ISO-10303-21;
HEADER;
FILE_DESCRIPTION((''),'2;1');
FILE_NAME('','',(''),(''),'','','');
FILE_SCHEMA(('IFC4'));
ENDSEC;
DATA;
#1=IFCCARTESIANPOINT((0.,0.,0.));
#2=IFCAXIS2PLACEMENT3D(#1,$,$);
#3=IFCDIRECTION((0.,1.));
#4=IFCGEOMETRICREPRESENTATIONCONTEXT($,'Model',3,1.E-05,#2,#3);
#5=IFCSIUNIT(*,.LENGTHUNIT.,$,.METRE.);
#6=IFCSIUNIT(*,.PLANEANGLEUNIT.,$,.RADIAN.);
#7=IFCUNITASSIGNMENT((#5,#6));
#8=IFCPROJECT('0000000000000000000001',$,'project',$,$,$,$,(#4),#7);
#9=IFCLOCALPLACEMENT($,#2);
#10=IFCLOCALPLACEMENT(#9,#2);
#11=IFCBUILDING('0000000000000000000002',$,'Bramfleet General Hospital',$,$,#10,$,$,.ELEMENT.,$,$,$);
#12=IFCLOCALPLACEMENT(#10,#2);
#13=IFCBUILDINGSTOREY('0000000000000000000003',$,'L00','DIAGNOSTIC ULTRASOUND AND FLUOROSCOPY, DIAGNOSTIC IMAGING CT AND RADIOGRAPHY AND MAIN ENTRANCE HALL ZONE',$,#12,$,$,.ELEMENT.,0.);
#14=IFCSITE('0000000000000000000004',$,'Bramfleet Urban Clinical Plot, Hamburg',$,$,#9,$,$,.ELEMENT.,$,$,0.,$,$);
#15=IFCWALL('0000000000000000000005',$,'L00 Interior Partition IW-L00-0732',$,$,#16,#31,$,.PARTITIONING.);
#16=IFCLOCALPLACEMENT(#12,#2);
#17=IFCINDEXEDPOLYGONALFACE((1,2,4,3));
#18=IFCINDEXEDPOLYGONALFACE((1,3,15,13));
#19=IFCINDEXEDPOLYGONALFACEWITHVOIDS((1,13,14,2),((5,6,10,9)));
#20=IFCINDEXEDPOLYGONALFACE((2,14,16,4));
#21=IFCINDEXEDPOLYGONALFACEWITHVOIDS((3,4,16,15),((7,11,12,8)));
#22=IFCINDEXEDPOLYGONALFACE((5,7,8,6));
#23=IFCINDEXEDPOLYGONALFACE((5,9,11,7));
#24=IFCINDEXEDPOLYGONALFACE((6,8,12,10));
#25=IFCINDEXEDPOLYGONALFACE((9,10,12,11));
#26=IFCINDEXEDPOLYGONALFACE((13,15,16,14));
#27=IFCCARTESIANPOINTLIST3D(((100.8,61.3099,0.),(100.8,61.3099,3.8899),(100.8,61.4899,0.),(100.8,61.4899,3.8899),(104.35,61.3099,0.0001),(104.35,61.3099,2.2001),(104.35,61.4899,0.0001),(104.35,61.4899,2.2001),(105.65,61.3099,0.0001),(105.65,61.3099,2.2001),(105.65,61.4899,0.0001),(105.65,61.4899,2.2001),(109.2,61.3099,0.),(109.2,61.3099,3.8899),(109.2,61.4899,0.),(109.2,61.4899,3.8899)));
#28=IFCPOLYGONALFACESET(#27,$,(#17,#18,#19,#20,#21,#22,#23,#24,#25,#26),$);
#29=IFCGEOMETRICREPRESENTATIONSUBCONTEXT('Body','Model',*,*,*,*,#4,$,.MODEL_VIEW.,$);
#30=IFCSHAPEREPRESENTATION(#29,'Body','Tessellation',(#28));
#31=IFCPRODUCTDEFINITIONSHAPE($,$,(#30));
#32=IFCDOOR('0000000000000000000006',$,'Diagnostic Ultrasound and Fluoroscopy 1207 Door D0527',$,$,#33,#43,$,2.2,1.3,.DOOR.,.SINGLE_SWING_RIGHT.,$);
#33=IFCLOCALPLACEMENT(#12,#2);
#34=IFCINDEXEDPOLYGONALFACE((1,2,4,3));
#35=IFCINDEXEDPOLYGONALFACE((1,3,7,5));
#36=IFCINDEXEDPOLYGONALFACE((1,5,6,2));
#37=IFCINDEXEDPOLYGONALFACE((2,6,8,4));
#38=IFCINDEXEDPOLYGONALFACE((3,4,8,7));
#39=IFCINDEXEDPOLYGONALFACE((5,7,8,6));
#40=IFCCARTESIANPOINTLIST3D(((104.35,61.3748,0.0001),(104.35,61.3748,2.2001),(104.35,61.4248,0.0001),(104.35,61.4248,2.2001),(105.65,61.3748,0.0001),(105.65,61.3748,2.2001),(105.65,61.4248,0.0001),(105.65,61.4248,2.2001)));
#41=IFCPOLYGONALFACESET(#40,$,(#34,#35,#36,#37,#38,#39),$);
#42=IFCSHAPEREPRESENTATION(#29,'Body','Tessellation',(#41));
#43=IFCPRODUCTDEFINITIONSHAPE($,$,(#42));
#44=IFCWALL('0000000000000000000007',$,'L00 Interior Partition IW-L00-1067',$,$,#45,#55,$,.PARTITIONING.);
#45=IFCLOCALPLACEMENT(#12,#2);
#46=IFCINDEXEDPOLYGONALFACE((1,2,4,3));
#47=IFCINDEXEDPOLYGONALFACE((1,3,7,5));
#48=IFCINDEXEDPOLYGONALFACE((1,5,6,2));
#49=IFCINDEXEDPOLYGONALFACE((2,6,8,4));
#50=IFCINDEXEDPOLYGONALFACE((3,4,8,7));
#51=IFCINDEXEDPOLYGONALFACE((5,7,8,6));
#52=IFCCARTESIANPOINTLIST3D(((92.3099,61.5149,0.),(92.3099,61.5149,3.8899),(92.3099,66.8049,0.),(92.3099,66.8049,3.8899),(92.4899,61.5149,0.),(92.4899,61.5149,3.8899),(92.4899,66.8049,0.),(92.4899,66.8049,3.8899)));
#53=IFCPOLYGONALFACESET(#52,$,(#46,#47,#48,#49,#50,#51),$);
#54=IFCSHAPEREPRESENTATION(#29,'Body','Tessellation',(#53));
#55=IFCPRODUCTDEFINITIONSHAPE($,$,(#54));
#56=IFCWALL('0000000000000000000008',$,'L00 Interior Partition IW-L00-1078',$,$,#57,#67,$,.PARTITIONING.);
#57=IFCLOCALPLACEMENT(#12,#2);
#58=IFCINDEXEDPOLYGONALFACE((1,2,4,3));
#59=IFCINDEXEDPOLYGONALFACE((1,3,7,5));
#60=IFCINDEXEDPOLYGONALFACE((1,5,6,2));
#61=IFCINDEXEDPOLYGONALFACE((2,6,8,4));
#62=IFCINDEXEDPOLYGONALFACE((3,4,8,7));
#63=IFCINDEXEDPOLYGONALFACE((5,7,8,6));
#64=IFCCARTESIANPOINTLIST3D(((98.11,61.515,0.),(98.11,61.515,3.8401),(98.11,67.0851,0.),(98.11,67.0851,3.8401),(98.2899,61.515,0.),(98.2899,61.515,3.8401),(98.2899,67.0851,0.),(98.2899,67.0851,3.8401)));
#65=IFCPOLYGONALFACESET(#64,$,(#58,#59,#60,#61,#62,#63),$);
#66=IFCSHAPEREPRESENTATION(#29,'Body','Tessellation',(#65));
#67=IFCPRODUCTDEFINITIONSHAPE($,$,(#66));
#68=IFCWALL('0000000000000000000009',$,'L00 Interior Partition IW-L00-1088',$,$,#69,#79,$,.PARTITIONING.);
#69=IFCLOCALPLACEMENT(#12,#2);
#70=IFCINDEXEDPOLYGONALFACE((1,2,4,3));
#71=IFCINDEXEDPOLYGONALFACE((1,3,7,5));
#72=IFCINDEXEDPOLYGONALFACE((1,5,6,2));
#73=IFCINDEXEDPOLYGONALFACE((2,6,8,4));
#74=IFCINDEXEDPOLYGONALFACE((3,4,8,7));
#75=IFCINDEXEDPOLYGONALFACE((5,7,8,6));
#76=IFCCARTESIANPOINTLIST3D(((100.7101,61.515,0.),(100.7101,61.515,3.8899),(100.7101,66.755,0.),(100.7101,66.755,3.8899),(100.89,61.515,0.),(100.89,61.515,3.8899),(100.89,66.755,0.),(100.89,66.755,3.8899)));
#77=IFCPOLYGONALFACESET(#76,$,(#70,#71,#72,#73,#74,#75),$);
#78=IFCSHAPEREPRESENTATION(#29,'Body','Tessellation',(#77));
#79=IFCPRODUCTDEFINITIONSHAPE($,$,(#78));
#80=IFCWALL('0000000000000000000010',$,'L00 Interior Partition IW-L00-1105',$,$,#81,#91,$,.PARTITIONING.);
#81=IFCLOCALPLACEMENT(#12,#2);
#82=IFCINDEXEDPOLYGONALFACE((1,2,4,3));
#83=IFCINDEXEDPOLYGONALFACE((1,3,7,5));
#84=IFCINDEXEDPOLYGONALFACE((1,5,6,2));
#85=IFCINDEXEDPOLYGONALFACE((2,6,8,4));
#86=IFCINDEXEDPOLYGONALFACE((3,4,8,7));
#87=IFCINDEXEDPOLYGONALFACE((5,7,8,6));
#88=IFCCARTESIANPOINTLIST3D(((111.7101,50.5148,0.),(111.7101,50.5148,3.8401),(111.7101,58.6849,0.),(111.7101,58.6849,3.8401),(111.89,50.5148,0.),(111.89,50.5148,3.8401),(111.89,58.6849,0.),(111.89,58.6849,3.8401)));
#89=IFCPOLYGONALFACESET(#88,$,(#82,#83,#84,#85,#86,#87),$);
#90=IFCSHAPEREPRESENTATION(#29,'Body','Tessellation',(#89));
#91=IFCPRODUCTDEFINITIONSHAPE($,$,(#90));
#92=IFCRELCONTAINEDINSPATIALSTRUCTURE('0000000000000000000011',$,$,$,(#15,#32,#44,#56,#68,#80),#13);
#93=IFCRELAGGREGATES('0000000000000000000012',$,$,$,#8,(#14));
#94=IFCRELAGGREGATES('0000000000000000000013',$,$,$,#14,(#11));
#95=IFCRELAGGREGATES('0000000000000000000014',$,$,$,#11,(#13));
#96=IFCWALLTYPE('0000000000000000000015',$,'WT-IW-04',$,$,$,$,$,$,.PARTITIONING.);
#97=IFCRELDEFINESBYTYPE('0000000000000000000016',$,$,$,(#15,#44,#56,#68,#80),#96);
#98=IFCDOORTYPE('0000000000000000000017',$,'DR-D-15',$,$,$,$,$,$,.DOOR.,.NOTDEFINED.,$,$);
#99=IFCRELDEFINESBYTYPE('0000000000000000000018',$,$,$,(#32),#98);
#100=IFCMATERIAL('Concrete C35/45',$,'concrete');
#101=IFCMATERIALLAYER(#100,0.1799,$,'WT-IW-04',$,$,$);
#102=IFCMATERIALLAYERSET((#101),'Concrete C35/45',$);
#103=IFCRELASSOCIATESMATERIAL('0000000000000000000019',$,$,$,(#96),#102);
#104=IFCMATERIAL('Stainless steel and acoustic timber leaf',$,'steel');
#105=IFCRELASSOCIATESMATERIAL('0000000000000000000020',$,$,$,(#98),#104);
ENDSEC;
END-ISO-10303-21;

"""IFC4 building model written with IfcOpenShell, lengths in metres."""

from ifc_helpers import new_model, si_unit, direction, frame, frame_2d, origin, place, context, subcontext, project, spatial, rectangle, extrude, material, layer, layer_set, type_object, element, fill, save


model = new_model("IFC4")

# Units and contexts
model_context = context("Model", 3, precision=1e-05, world=origin(), true_north=direction((0.0, 1.0)))
body_context = subcontext(model_context, "Body", "Model", "MODEL_VIEW")
ifc_project = project(units=[si_unit("LENGTHUNIT", "METRE"), si_unit("PLANEANGLEUNIT", "RADIAN")], contexts=[model_context])

# Site, building, storey
site_placement = place(None, origin())
site = spatial("IfcSite", under=ifc_project, at=site_placement, Name="Bramfleet Urban Clinical Plot, Hamburg", CompositionType="ELEMENT", RefElevation=0.0)
building_placement = place(site_placement, origin())
building = spatial("IfcBuilding", under=site, at=building_placement, Name="Bramfleet General Hospital", CompositionType="ELEMENT")
storey_placement = place(building_placement, origin())
storey = spatial("IfcBuildingStorey", under=building, at=storey_placement, Name="L00", Description="DIAGNOSTIC ULTRASOUND AND FLUOROSCOPY, DIAGNOSTIC IMAGING CT AND RADIOGRAPHY AND MAIN ENTRANCE HALL ZONE", CompositionType="ELEMENT", Elevation=0.0)

# Shared definitions
ifc_material_1 = material(Name="Concrete C35/45", Category="concrete")

# Shared definitions
ifc_layer = layer(ifc_material_1, 0.1799, Name="WT-IW-04")
ifc_layer_set = layer_set([ifc_layer], Name="Concrete C35/45")
wall_type = type_object("IfcWallType", Name="WT-IW-04", PredefinedType="PARTITIONING", material=ifc_layer_set)

# Wall, opening, door
ifc_material_2 = material(Name="Stainless steel and acoustic timber leaf", Category="steel")
wall_1_placement = place(storey_placement, frame((100.8, 61.3999, 0.0), z_axis=(0.0, 0.0, 1.0), x_axis=(1.0, 0.0, 0.0)))
wall_1 = element("IfcWall", 1, at=wall_1_placement, inside=storey, type_object=wall_type, Name="L00 Interior Partition IW-L00-0732", PredefinedType="PARTITIONING", context=body_context, shape_type="SweptSolid", body=[
    extrude(rectangle(XDim=8.3999, YDim=0.1799, at=frame_2d((4.2, 0.0))), origin(), (0.0, 0.0, 1.0), 3.8899),
])
opening_1_placement = place(wall_1_placement, frame((3.55, 0.0, 0.0)))
opening_1 = element("IfcOpeningElement", 2, at=opening_1_placement, cuts=wall_1, PredefinedType="OPENING", context=body_context, shape_type="SweptSolid", body=[
    extrude(rectangle(XDim=1.3, YDim=2.2, at=frame_2d((0.6499, 1.1001))), frame((0.0, 0.0999, 0.0), z_axis=(0.0, -1.0, 0.0), x_axis=(1.0, 0.0, 0.0)), (0.0, 0.0, 1.0), 0.2),
])
door_type_1 = type_object("IfcDoorType", Name="DR-D-15", OperationType="NOTDEFINED", PredefinedType="DOOR", material=ifc_material_2)
door_1_placement = place(opening_1_placement, origin())
door_1 = element("IfcDoor", 3, at=door_1_placement, inside=storey, type_object=door_type_1, Name="Diagnostic Ultrasound and Fluoroscopy 1207 Door D0527", OperationType="SINGLE_SWING_RIGHT", OverallHeight=2.2, OverallWidth=1.3, PredefinedType="DOOR", context=body_context, shape_type="SweptSolid", body=[
    extrude(rectangle(XDim=1.3, YDim=2.2, at=frame_2d((0.6499, 1.1001))), frame((0.0, 0.0249, 0.0), z_axis=(0.0, -1.0, 0.0), x_axis=(1.0, 0.0, 0.0)), (0.0, 0.0, 1.0), 0.05),
])
fill(opening_1, door_1)

# Walls
wall_2_placement = place(storey_placement, frame((92.3999, 61.5149, 0.0), z_axis=(0.0, 0.0, 1.0), x_axis=(0.0, 1.0, 0.0)))
element("IfcWall", 4, at=wall_2_placement, inside=storey, type_object=wall_type, Name="L00 Interior Partition IW-L00-1067", PredefinedType="PARTITIONING", context=body_context, shape_type="SweptSolid", body=[
    extrude(rectangle(XDim=5.29, YDim=0.1799, at=frame_2d((2.645, 0.0))), origin(), (0.0, 0.0, 1.0), 3.8899),
])
wall_3_placement = place(storey_placement, frame((98.2, 61.5149, 0.0), z_axis=(0.0, 0.0, 1.0), x_axis=(0.0, 1.0, 0.0)))
element("IfcWall", 5, at=wall_3_placement, inside=storey, type_object=wall_type, Name="L00 Interior Partition IW-L00-1078", PredefinedType="PARTITIONING", context=body_context, shape_type="SweptSolid", body=[
    extrude(rectangle(XDim=5.5701, YDim=0.1799, at=frame_2d((2.7852, 0.0))), origin(), (0.0, 0.0, 1.0), 3.8401),
])
wall_4_placement = place(storey_placement, frame((100.8, 61.5149, 0.0), z_axis=(0.0, 0.0, 1.0), x_axis=(0.0, 1.0, 0.0)))
element("IfcWall", 6, at=wall_4_placement, inside=storey, type_object=wall_type, Name="L00 Interior Partition IW-L00-1088", PredefinedType="PARTITIONING", context=body_context, shape_type="SweptSolid", body=[
    extrude(rectangle(XDim=5.24, YDim=0.1799, at=frame_2d((2.6201, 0.0))), origin(), (0.0, 0.0, 1.0), 3.8899),
])
wall_5_placement = place(storey_placement, frame((111.8, 50.5149, 0.0), z_axis=(0.0, 0.0, 1.0), x_axis=(0.0, 1.0, 0.0)))
element("IfcWall", 7, at=wall_5_placement, inside=storey, type_object=wall_type, Name="L00 Interior Partition IW-L00-1105", PredefinedType="PARTITIONING", context=body_context, shape_type="SweptSolid", body=[
    extrude(rectangle(XDim=8.1702, YDim=0.1799, at=frame_2d((4.085, 0.0))), origin(), (0.0, 0.0, 1.0), 3.8401),
])

save(model, "model.ifc")
